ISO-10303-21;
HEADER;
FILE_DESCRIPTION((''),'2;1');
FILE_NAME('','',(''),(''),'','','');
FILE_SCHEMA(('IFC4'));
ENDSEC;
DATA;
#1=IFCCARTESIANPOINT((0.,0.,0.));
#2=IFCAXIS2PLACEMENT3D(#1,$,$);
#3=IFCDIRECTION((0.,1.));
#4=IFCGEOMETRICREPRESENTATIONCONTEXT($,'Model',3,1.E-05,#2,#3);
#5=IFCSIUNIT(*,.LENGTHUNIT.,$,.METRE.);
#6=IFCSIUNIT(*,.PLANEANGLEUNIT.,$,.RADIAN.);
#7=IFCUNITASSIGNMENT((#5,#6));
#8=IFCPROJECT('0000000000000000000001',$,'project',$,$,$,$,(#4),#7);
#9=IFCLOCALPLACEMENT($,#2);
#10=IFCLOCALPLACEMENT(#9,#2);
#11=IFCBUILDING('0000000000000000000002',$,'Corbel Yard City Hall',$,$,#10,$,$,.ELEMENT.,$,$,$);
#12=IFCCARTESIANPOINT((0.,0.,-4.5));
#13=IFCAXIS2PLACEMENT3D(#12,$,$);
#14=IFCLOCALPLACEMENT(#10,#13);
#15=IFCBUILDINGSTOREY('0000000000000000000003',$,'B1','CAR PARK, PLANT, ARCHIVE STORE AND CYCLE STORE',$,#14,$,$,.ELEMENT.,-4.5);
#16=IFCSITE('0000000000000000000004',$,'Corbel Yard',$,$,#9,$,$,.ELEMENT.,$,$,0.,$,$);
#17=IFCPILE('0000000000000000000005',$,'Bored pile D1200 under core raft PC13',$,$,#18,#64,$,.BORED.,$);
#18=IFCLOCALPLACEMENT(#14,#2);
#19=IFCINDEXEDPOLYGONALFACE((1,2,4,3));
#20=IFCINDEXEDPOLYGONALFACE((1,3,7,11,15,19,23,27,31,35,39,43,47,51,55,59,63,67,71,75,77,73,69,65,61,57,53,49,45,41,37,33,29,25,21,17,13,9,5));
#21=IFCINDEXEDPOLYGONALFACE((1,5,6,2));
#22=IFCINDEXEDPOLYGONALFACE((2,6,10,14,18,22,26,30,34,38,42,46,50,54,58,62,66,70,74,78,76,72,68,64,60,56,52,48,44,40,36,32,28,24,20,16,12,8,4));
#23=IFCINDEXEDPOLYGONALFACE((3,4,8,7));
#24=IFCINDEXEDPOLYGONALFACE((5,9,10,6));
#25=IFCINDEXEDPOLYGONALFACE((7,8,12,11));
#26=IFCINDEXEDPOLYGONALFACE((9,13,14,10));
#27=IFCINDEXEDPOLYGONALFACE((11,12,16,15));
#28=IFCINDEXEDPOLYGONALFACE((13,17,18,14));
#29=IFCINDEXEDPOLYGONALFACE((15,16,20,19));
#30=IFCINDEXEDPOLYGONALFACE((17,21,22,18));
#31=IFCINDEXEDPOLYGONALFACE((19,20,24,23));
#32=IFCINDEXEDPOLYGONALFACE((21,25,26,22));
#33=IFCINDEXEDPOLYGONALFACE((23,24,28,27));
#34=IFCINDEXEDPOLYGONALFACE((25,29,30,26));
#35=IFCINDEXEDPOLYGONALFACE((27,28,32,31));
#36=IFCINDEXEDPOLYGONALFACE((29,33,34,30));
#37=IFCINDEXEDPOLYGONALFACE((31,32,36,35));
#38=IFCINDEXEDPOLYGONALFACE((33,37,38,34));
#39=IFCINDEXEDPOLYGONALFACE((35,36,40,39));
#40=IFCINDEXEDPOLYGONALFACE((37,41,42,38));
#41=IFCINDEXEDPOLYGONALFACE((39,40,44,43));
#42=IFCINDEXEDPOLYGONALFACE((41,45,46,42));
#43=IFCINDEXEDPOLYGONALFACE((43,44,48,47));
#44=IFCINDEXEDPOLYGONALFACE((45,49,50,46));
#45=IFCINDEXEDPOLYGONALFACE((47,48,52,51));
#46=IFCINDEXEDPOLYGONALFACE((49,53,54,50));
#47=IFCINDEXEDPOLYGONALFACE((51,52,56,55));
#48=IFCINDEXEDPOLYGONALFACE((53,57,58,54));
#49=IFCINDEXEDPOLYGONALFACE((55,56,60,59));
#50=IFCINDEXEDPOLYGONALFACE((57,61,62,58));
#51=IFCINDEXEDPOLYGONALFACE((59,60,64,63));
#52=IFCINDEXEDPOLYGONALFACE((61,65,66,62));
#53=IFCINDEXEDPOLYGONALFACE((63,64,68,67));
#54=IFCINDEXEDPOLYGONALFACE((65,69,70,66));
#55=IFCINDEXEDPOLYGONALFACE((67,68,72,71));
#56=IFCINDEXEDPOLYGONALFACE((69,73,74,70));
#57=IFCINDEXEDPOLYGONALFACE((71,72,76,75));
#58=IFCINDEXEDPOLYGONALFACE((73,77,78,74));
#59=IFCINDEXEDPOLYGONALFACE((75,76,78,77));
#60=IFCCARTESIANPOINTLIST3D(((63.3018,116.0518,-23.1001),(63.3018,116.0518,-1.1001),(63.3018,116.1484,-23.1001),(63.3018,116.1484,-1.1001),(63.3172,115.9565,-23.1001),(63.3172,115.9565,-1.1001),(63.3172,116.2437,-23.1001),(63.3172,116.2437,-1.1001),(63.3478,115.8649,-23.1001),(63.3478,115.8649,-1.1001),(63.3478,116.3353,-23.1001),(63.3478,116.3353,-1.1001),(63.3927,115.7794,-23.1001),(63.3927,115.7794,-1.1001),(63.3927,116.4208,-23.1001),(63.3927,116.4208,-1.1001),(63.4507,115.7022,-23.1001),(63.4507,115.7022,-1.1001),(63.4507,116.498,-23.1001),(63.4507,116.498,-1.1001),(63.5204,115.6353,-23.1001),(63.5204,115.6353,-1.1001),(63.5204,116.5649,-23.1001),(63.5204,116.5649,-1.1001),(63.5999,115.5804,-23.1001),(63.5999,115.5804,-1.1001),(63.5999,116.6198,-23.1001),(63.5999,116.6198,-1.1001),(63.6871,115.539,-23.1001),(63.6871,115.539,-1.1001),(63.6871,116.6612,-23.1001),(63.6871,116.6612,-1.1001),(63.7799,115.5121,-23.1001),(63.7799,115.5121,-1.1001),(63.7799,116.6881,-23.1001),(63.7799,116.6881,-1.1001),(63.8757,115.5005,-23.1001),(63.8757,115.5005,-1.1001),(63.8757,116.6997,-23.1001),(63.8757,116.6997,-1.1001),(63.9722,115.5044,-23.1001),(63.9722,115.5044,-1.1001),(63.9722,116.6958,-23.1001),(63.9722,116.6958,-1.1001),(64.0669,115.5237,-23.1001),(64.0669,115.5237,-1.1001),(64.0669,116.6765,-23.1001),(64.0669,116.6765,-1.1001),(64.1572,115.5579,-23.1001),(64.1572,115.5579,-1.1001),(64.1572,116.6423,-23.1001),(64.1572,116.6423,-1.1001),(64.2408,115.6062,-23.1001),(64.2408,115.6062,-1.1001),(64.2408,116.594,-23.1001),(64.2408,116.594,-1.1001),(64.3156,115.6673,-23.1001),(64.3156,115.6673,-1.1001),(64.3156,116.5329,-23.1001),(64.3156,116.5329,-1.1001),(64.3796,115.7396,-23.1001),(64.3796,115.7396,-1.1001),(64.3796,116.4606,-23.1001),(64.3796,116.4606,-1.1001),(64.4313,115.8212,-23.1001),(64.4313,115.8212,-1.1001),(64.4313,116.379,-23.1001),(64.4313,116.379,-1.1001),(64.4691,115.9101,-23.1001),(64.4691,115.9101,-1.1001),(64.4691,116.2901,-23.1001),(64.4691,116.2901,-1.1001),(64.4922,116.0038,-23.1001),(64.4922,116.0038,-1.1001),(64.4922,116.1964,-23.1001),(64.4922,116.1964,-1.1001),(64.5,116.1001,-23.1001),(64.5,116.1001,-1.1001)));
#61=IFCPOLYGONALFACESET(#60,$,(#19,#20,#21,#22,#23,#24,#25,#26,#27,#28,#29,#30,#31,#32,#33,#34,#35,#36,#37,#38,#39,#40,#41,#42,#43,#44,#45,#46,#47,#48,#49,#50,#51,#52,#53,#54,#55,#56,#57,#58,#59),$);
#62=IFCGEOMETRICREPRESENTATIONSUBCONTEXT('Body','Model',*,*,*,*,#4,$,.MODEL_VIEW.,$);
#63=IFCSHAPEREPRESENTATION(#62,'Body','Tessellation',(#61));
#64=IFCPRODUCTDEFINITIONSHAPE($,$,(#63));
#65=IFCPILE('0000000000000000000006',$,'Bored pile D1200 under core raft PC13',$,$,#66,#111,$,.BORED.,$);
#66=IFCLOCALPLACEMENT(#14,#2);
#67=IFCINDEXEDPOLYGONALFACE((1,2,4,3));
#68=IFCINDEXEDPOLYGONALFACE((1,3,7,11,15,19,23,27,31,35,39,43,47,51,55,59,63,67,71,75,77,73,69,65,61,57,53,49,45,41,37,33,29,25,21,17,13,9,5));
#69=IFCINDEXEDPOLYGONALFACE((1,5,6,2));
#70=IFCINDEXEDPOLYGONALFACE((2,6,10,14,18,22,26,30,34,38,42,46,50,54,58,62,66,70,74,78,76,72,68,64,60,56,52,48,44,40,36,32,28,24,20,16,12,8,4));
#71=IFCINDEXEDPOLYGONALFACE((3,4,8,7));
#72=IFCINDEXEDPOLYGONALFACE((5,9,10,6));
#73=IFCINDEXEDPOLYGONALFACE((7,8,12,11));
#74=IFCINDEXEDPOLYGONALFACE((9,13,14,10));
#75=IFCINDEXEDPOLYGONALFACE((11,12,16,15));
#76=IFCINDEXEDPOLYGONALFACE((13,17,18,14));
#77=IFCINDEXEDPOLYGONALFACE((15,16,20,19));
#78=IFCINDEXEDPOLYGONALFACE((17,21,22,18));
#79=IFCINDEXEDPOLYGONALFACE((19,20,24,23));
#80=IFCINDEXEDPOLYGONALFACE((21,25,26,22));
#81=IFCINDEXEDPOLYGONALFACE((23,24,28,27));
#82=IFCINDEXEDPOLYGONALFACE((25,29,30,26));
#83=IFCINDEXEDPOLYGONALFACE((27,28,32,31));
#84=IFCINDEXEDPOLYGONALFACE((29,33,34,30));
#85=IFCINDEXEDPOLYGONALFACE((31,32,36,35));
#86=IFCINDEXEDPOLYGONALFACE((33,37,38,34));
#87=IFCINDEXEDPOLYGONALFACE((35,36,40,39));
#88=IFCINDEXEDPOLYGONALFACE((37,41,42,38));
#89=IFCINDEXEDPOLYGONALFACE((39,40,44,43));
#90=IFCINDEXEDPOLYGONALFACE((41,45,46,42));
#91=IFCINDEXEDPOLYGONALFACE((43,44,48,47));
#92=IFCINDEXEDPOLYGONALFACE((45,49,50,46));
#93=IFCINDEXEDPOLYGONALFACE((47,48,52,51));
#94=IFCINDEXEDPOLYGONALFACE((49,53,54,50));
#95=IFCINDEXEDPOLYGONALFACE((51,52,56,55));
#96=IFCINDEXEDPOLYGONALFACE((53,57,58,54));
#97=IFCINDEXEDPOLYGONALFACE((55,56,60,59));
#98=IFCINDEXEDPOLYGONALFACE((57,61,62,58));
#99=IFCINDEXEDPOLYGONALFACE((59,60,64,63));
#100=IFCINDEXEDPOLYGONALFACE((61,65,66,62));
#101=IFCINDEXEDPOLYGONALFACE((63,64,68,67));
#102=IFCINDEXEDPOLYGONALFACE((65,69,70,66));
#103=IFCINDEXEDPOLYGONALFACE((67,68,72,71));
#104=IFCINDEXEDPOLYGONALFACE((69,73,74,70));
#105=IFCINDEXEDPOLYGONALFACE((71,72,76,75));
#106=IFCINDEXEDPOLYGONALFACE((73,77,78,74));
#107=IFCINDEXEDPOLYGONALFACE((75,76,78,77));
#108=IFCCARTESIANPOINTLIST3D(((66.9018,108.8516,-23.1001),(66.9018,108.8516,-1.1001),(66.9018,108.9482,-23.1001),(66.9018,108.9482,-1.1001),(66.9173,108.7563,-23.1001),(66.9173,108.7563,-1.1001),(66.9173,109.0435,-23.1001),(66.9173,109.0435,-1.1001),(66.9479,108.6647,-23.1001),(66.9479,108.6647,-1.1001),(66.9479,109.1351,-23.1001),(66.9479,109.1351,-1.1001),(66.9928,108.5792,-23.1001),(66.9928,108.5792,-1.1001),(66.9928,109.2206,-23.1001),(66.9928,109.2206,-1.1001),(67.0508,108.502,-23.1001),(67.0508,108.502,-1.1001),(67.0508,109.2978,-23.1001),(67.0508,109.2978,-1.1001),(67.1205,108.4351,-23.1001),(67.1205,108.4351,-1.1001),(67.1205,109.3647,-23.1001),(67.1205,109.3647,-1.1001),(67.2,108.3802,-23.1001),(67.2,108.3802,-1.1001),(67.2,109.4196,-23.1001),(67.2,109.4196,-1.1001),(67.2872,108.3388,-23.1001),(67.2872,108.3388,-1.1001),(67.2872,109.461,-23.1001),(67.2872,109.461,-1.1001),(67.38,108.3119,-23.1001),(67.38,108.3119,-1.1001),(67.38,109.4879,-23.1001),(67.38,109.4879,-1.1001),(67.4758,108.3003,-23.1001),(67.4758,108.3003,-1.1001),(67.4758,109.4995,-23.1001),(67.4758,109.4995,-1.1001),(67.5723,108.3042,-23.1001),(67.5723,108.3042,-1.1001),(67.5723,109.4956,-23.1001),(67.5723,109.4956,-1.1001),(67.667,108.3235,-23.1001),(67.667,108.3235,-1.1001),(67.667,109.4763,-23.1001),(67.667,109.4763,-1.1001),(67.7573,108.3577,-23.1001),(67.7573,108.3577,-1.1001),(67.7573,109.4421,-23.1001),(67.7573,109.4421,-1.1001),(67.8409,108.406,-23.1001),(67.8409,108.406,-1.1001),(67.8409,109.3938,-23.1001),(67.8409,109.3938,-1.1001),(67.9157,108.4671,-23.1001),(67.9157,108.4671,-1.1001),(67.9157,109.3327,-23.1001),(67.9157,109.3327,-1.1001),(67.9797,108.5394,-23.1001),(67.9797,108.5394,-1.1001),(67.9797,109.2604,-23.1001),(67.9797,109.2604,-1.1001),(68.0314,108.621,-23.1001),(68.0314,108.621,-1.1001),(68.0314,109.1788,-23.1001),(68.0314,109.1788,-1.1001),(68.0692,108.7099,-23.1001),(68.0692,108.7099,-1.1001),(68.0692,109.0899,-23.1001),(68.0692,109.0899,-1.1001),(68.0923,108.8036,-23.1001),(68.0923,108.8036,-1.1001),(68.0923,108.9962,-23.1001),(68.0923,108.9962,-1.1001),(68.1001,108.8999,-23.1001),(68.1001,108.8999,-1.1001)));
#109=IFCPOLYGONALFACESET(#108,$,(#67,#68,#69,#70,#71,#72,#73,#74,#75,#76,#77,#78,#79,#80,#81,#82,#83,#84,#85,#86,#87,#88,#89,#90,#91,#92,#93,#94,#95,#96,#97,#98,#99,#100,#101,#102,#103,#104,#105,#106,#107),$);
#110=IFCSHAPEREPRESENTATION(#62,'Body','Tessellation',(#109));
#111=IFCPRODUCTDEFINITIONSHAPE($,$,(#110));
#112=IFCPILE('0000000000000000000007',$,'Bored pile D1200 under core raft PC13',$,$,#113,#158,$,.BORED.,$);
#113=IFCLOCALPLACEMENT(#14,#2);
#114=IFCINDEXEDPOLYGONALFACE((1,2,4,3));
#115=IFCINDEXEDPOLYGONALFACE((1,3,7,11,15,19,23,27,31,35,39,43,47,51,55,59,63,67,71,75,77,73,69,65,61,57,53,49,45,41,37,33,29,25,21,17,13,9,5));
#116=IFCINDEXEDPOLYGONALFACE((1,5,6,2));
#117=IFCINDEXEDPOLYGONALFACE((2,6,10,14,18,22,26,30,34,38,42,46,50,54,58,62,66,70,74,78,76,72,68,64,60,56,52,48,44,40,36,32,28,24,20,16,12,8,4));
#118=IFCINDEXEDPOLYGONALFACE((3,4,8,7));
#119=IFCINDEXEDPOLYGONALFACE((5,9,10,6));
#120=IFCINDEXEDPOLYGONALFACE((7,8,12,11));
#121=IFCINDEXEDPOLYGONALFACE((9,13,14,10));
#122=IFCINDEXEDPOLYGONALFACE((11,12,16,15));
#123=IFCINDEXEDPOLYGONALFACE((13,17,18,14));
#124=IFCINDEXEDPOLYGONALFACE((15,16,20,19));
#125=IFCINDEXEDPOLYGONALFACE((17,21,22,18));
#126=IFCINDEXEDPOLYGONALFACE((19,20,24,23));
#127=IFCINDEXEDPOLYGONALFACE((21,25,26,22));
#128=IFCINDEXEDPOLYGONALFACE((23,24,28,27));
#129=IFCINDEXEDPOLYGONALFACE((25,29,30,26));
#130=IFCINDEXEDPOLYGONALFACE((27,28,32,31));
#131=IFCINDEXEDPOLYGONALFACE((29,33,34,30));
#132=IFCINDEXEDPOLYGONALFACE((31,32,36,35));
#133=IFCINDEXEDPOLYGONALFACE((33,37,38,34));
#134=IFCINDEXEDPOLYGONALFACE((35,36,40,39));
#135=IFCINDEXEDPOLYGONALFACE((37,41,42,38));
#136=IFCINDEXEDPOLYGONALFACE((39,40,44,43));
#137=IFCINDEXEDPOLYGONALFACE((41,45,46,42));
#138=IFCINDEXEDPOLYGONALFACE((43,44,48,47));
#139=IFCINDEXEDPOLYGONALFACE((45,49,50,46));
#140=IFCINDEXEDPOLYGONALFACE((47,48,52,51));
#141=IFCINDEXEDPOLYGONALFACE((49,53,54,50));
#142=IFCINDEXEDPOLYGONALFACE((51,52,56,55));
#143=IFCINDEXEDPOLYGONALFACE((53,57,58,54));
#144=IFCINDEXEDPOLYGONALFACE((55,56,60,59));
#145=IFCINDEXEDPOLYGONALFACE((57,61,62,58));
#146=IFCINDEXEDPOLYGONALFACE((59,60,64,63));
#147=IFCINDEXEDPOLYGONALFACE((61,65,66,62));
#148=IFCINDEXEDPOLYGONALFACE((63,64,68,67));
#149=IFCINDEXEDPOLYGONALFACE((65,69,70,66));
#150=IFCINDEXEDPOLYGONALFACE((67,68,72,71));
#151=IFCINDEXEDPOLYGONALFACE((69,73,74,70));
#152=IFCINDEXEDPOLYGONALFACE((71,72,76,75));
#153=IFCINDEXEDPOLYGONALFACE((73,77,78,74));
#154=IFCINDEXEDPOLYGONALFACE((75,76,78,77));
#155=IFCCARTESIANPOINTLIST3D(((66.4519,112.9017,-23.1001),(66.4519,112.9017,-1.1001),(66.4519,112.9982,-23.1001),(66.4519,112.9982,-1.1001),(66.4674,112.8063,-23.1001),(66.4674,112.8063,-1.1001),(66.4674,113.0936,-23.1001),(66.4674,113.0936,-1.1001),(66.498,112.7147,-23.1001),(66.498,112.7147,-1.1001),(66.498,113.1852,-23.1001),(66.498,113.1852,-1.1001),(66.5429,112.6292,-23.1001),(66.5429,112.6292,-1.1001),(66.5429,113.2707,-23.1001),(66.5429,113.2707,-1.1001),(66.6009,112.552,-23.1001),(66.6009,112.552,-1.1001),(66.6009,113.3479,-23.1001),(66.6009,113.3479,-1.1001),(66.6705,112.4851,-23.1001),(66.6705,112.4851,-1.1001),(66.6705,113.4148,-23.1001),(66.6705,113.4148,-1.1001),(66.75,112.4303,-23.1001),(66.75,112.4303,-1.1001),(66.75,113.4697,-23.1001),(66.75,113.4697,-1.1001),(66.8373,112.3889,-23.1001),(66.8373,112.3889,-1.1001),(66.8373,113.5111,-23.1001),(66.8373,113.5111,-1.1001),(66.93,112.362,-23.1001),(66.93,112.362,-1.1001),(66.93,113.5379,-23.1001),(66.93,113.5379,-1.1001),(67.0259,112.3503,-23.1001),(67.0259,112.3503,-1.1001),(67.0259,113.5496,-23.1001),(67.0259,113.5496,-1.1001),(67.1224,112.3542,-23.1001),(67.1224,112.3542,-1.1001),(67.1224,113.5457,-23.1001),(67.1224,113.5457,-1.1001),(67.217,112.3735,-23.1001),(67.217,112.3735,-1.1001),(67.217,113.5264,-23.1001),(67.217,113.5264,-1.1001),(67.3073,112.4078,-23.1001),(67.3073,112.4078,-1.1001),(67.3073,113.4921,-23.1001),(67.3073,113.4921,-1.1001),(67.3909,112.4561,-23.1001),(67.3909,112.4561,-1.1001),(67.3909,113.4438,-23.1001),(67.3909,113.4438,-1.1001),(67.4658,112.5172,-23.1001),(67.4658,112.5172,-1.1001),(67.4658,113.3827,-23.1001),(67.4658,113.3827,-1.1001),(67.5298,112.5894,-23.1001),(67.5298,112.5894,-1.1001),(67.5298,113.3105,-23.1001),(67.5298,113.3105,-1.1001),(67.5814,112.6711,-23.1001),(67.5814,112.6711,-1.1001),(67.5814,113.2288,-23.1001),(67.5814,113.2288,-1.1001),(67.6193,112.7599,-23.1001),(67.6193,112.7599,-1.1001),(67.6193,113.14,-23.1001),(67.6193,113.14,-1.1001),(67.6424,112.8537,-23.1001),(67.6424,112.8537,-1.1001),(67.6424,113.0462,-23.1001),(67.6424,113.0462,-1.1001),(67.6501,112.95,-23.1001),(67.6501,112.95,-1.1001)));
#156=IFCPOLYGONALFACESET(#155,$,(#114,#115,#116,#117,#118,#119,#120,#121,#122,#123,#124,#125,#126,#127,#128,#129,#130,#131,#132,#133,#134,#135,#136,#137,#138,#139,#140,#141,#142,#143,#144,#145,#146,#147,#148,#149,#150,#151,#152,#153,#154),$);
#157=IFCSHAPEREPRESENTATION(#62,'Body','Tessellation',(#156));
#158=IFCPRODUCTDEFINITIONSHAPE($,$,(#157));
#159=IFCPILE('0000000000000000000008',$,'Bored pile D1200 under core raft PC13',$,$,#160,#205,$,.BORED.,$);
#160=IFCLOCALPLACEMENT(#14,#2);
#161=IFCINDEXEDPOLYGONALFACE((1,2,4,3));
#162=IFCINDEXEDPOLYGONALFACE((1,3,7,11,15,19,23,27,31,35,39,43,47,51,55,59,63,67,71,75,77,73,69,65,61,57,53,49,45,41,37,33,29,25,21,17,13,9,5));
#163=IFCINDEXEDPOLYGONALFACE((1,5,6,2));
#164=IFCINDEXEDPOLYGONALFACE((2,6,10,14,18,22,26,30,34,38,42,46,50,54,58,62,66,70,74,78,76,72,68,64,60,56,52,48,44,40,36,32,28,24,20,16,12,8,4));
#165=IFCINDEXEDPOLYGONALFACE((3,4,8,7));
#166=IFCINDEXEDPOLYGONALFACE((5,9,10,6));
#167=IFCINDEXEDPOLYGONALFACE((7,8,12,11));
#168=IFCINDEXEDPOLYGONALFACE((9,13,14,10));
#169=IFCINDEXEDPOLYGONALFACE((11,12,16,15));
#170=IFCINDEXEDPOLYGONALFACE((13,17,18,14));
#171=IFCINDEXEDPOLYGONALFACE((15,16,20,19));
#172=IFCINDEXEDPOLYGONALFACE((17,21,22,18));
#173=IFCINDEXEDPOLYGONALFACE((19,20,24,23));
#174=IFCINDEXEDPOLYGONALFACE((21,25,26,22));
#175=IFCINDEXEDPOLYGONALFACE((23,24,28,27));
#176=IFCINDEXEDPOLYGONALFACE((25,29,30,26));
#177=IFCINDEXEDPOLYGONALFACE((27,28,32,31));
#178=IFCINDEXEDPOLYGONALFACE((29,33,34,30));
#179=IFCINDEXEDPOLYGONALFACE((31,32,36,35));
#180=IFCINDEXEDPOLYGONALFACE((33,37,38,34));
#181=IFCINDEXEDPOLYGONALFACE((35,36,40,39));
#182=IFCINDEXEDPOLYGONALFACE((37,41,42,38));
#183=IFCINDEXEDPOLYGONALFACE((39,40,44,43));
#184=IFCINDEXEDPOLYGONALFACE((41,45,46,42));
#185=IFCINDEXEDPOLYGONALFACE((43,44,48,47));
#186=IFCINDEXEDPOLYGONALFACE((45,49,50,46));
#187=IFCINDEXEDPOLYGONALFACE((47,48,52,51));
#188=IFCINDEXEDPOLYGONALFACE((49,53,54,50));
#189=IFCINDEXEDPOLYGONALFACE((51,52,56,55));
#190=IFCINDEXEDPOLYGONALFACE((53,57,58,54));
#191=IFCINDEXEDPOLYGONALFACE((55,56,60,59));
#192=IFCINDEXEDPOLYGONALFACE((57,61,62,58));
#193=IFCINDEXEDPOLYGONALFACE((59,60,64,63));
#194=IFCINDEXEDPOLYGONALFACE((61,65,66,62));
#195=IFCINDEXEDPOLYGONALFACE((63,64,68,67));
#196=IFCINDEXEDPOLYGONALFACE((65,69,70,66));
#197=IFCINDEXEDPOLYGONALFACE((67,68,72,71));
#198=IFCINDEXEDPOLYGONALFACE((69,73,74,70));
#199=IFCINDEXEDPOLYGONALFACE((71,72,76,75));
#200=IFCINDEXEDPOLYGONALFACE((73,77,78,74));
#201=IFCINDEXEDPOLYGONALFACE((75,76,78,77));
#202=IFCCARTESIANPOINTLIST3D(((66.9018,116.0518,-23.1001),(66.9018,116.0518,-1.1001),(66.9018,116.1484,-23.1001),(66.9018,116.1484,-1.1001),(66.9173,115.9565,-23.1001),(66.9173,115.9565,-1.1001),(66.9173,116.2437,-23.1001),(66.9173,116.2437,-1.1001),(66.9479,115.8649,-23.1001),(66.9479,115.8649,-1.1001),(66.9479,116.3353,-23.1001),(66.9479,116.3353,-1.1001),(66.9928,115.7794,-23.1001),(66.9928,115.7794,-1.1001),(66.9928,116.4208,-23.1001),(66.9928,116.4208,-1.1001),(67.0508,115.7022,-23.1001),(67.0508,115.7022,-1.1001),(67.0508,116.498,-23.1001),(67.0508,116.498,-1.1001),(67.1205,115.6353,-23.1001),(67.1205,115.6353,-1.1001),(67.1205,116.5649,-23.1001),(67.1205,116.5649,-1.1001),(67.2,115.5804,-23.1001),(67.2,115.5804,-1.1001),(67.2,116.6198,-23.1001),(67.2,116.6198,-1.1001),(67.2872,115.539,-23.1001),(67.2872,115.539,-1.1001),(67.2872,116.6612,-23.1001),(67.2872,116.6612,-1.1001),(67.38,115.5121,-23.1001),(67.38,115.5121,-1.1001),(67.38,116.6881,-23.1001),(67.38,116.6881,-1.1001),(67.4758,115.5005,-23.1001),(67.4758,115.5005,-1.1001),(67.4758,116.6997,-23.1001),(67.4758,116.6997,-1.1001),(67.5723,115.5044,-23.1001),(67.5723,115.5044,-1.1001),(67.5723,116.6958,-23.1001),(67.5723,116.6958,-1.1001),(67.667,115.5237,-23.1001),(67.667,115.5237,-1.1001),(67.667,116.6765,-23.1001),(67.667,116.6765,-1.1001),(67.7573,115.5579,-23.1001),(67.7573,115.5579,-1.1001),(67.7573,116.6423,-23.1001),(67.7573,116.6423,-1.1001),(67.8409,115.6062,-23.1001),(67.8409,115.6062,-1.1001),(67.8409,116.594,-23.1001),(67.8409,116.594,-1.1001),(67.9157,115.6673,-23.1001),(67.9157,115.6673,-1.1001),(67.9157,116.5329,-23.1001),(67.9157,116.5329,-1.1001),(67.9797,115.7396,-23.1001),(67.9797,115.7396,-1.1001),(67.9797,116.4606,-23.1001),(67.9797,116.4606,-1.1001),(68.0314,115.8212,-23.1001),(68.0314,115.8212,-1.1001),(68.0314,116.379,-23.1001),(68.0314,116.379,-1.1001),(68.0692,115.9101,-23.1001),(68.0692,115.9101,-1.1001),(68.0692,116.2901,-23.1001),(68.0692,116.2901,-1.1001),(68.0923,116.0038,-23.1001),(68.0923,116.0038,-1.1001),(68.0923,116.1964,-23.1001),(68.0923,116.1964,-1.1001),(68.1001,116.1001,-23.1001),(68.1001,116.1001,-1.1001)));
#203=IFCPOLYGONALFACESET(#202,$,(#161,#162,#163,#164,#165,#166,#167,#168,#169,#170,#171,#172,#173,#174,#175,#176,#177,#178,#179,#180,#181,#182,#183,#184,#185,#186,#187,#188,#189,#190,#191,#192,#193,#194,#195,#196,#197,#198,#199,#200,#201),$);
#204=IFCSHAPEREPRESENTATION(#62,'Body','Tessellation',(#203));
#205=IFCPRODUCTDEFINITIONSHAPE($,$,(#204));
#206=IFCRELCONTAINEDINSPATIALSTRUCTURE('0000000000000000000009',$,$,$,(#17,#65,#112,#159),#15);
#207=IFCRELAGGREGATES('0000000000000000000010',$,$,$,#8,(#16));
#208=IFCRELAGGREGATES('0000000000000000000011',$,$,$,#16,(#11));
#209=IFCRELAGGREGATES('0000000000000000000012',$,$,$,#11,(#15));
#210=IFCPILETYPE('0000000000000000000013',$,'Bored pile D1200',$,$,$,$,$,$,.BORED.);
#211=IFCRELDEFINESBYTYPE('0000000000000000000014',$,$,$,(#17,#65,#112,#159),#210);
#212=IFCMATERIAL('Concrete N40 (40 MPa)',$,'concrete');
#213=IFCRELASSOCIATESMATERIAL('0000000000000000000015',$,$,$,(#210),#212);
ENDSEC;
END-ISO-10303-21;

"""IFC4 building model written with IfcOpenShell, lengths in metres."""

from ifc_helpers import new_model, si_unit, direction, frame, origin, origin_2d, place, context, subcontext, project, spatial, circle, extrude, material, material_profile, profile_set, type_object, element, save


model = new_model("IFC4")

# Units and contexts
model_context = context("Model", 3, precision=1e-05, world=origin(), true_north=direction((0.0, 1.0)))
body_context = subcontext(model_context, "Body", "Model", "MODEL_VIEW")
ifc_project = project(units=[si_unit("LENGTHUNIT", "METRE"), si_unit("PLANEANGLEUNIT", "RADIAN")], contexts=[model_context])

# Site, building, storey
site_placement = place(None, origin())
site = spatial("IfcSite", under=ifc_project, at=site_placement, Name="Corbel Yard", CompositionType="ELEMENT", RefElevation=0.0)
building_placement = place(site_placement, origin())
building = spatial("IfcBuilding", under=site, at=building_placement, Name="Corbel Yard City Hall", CompositionType="ELEMENT")
storey_placement = place(building_placement, frame((0.0, 0.0, -4.5)))
storey = spatial("IfcBuildingStorey", under=building, at=storey_placement, Name="B1", Description="CAR PARK, PLANT, ARCHIVE STORE AND CYCLE STORE", CompositionType="ELEMENT", Elevation=-4.5)

# Piles
ifc_material_1 = material(Name="Concrete N40 (40 MPa)", Category="concrete")
ifc_material_profile_1 = material_profile(ifc_material_1, circle(Radius=0.6001, at=origin_2d()), Name="D1200")
ifc_profile_set_1 = profile_set([ifc_material_profile_1], Name="Concrete N40 (40 MPa)")
pile_type_1 = type_object("IfcPileType", Name="Bored pile D1200", PredefinedType="BORED", material=ifc_profile_set_1)
for number, where, z_axis, x_axis, name in (
    (1, (63.8999, 116.1001, -1.1001), (0.0, 0.0, -1.0), (1.0, 0.0, 0.0), "Bored pile D1200 under core raft PC13"),
    (2, (67.5, 108.8999, -1.1001), (0.0, 0.0, -1.0), (1.0, 0.0, 0.0), "Bored pile D1200 under core raft PC13"),
    (3, (67.05, 112.95, -1.1001), (0.0, 0.0, -1.0), (1.0, 0.0, 0.0), "Bored pile D1200 under core raft PC13"),
    (4, (67.5, 116.1001, -1.1001), (0.0, 0.0, -1.0), (1.0, 0.0, 0.0), "Bored pile D1200 under core raft PC13"),
):
    element("IfcPile", number, at=place(storey_placement, frame(where, z_axis=z_axis, x_axis=x_axis)), inside=storey, type_object=pile_type_1, Name=name, PredefinedType="BORED", context=body_context, shape_type="SweptSolid", body=[
        extrude(circle(Radius=0.6001, at=origin_2d()), origin(), (0.0, 0.0, 1.0), 22.0),
    ])

save(model, "model.ifc")
